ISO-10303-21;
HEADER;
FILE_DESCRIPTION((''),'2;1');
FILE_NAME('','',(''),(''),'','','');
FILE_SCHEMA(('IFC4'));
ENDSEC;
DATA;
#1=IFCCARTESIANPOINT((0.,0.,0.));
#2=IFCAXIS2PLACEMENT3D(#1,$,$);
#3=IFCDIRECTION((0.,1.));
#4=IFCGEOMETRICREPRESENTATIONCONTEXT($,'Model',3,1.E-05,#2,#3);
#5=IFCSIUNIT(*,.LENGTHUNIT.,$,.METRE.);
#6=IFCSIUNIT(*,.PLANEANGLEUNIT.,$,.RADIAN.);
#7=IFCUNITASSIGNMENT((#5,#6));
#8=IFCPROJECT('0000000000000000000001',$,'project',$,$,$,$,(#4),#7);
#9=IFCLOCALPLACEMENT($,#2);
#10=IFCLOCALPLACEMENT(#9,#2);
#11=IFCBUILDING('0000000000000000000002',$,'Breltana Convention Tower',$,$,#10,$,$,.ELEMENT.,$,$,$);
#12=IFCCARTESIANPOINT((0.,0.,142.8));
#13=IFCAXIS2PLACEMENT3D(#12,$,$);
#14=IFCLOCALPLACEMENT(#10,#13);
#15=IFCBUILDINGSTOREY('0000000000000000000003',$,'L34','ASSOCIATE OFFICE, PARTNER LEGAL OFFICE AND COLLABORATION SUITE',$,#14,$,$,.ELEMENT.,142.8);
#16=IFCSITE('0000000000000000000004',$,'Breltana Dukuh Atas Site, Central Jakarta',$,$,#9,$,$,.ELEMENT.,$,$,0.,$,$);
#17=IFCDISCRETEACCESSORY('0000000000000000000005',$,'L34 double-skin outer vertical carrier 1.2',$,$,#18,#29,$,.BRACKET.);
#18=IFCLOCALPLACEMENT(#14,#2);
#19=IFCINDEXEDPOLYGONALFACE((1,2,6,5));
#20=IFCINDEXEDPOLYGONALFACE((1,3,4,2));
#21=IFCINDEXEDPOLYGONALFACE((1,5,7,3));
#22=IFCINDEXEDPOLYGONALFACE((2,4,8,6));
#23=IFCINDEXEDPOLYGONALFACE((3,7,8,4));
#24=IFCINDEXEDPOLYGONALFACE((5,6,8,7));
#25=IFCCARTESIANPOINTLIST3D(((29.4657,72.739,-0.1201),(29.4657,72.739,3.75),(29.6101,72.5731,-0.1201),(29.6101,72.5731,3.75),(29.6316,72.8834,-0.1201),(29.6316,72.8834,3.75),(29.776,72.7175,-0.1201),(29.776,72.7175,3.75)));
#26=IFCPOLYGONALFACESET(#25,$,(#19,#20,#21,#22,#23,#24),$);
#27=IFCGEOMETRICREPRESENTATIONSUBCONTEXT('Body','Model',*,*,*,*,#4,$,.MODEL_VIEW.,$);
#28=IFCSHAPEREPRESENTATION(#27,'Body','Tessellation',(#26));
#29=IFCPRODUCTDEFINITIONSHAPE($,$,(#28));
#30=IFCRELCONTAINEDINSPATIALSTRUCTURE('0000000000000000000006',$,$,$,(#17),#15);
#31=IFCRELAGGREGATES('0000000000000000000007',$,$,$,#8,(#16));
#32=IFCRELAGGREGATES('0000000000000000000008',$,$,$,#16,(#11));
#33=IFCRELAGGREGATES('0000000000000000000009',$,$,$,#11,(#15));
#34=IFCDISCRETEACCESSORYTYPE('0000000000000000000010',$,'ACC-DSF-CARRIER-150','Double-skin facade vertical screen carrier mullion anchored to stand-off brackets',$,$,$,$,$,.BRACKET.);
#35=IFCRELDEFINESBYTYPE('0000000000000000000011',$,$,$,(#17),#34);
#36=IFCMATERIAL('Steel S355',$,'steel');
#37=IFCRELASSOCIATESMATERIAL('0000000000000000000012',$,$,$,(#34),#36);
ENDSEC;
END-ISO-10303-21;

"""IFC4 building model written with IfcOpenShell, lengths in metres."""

from ifc_helpers import new_model, si_unit, direction, frame, origin, origin_2d, place, context, subcontext, project, spatial, rectangle, extrude, source, transform, mapped, material, type_object, element, save


model = new_model("IFC4")

# Units and contexts
model_context = context("Model", 3, precision=1e-05, world=origin(), true_north=direction((0.0, 1.0)))
body_context = subcontext(model_context, "Body", "Model", "MODEL_VIEW")
ifc_project = project(units=[si_unit("LENGTHUNIT", "METRE"), si_unit("PLANEANGLEUNIT", "RADIAN")], contexts=[model_context])

# Site, building, storey
site_placement = place(None, origin())
site = spatial("IfcSite", under=ifc_project, at=site_placement, Name="Breltana Dukuh Atas Site, Central Jakarta", CompositionType="ELEMENT", RefElevation=0.0)
building_placement = place(site_placement, origin())
building = spatial("IfcBuilding", under=site, at=building_placement, Name="Breltana Convention Tower", CompositionType="ELEMENT")
storey_placement = place(building_placement, frame((0.0, 0.0, 142.8)))
storey = spatial("IfcBuildingStorey", under=building, at=storey_placement, Name="L34", Description="ASSOCIATE OFFICE, PARTNER LEGAL OFFICE AND COLLABORATION SUITE", CompositionType="ELEMENT", Elevation=142.8)

# Discrete accessory
ifc_material_1 = material(Name="Steel S355", Category="steel")
discrete_accessory_type_1 = type_object("IfcDiscreteAccessoryType", Name="ACC-DSF-CARRIER-150", Description="Double-skin facade vertical screen carrier mullion anchored to stand-off brackets", PredefinedType="BRACKET", material=ifc_material_1)
shared_shape_1 = source(origin(), body_context, "Body", "SweptSolid", [
    extrude(rectangle(XDim=0.22, YDim=0.22, at=origin_2d()), origin(), (0.0, 0.0, 1.0), 3.8701),
])
for number, where, z_axis, x_axis, name in (
    (1, (29.6208, 72.7283, -0.1201), (0.0, 0.0, 1.0), (-0.656456, 0.754365, 0.0), "L34 double-skin outer vertical carrier 1.2"),
):
    element("IfcDiscreteAccessory", number, at=place(storey_placement, frame(where, z_axis=z_axis, x_axis=x_axis)), inside=storey, type_object=discrete_accessory_type_1, Name=name, PredefinedType="BRACKET", context=body_context, shape_type="MappedRepresentation", body=[
        mapped(shared_shape_1, transform((0.0, 0.0, 0.0), scale=1.0)),
    ])

save(model, "model.ifc")
